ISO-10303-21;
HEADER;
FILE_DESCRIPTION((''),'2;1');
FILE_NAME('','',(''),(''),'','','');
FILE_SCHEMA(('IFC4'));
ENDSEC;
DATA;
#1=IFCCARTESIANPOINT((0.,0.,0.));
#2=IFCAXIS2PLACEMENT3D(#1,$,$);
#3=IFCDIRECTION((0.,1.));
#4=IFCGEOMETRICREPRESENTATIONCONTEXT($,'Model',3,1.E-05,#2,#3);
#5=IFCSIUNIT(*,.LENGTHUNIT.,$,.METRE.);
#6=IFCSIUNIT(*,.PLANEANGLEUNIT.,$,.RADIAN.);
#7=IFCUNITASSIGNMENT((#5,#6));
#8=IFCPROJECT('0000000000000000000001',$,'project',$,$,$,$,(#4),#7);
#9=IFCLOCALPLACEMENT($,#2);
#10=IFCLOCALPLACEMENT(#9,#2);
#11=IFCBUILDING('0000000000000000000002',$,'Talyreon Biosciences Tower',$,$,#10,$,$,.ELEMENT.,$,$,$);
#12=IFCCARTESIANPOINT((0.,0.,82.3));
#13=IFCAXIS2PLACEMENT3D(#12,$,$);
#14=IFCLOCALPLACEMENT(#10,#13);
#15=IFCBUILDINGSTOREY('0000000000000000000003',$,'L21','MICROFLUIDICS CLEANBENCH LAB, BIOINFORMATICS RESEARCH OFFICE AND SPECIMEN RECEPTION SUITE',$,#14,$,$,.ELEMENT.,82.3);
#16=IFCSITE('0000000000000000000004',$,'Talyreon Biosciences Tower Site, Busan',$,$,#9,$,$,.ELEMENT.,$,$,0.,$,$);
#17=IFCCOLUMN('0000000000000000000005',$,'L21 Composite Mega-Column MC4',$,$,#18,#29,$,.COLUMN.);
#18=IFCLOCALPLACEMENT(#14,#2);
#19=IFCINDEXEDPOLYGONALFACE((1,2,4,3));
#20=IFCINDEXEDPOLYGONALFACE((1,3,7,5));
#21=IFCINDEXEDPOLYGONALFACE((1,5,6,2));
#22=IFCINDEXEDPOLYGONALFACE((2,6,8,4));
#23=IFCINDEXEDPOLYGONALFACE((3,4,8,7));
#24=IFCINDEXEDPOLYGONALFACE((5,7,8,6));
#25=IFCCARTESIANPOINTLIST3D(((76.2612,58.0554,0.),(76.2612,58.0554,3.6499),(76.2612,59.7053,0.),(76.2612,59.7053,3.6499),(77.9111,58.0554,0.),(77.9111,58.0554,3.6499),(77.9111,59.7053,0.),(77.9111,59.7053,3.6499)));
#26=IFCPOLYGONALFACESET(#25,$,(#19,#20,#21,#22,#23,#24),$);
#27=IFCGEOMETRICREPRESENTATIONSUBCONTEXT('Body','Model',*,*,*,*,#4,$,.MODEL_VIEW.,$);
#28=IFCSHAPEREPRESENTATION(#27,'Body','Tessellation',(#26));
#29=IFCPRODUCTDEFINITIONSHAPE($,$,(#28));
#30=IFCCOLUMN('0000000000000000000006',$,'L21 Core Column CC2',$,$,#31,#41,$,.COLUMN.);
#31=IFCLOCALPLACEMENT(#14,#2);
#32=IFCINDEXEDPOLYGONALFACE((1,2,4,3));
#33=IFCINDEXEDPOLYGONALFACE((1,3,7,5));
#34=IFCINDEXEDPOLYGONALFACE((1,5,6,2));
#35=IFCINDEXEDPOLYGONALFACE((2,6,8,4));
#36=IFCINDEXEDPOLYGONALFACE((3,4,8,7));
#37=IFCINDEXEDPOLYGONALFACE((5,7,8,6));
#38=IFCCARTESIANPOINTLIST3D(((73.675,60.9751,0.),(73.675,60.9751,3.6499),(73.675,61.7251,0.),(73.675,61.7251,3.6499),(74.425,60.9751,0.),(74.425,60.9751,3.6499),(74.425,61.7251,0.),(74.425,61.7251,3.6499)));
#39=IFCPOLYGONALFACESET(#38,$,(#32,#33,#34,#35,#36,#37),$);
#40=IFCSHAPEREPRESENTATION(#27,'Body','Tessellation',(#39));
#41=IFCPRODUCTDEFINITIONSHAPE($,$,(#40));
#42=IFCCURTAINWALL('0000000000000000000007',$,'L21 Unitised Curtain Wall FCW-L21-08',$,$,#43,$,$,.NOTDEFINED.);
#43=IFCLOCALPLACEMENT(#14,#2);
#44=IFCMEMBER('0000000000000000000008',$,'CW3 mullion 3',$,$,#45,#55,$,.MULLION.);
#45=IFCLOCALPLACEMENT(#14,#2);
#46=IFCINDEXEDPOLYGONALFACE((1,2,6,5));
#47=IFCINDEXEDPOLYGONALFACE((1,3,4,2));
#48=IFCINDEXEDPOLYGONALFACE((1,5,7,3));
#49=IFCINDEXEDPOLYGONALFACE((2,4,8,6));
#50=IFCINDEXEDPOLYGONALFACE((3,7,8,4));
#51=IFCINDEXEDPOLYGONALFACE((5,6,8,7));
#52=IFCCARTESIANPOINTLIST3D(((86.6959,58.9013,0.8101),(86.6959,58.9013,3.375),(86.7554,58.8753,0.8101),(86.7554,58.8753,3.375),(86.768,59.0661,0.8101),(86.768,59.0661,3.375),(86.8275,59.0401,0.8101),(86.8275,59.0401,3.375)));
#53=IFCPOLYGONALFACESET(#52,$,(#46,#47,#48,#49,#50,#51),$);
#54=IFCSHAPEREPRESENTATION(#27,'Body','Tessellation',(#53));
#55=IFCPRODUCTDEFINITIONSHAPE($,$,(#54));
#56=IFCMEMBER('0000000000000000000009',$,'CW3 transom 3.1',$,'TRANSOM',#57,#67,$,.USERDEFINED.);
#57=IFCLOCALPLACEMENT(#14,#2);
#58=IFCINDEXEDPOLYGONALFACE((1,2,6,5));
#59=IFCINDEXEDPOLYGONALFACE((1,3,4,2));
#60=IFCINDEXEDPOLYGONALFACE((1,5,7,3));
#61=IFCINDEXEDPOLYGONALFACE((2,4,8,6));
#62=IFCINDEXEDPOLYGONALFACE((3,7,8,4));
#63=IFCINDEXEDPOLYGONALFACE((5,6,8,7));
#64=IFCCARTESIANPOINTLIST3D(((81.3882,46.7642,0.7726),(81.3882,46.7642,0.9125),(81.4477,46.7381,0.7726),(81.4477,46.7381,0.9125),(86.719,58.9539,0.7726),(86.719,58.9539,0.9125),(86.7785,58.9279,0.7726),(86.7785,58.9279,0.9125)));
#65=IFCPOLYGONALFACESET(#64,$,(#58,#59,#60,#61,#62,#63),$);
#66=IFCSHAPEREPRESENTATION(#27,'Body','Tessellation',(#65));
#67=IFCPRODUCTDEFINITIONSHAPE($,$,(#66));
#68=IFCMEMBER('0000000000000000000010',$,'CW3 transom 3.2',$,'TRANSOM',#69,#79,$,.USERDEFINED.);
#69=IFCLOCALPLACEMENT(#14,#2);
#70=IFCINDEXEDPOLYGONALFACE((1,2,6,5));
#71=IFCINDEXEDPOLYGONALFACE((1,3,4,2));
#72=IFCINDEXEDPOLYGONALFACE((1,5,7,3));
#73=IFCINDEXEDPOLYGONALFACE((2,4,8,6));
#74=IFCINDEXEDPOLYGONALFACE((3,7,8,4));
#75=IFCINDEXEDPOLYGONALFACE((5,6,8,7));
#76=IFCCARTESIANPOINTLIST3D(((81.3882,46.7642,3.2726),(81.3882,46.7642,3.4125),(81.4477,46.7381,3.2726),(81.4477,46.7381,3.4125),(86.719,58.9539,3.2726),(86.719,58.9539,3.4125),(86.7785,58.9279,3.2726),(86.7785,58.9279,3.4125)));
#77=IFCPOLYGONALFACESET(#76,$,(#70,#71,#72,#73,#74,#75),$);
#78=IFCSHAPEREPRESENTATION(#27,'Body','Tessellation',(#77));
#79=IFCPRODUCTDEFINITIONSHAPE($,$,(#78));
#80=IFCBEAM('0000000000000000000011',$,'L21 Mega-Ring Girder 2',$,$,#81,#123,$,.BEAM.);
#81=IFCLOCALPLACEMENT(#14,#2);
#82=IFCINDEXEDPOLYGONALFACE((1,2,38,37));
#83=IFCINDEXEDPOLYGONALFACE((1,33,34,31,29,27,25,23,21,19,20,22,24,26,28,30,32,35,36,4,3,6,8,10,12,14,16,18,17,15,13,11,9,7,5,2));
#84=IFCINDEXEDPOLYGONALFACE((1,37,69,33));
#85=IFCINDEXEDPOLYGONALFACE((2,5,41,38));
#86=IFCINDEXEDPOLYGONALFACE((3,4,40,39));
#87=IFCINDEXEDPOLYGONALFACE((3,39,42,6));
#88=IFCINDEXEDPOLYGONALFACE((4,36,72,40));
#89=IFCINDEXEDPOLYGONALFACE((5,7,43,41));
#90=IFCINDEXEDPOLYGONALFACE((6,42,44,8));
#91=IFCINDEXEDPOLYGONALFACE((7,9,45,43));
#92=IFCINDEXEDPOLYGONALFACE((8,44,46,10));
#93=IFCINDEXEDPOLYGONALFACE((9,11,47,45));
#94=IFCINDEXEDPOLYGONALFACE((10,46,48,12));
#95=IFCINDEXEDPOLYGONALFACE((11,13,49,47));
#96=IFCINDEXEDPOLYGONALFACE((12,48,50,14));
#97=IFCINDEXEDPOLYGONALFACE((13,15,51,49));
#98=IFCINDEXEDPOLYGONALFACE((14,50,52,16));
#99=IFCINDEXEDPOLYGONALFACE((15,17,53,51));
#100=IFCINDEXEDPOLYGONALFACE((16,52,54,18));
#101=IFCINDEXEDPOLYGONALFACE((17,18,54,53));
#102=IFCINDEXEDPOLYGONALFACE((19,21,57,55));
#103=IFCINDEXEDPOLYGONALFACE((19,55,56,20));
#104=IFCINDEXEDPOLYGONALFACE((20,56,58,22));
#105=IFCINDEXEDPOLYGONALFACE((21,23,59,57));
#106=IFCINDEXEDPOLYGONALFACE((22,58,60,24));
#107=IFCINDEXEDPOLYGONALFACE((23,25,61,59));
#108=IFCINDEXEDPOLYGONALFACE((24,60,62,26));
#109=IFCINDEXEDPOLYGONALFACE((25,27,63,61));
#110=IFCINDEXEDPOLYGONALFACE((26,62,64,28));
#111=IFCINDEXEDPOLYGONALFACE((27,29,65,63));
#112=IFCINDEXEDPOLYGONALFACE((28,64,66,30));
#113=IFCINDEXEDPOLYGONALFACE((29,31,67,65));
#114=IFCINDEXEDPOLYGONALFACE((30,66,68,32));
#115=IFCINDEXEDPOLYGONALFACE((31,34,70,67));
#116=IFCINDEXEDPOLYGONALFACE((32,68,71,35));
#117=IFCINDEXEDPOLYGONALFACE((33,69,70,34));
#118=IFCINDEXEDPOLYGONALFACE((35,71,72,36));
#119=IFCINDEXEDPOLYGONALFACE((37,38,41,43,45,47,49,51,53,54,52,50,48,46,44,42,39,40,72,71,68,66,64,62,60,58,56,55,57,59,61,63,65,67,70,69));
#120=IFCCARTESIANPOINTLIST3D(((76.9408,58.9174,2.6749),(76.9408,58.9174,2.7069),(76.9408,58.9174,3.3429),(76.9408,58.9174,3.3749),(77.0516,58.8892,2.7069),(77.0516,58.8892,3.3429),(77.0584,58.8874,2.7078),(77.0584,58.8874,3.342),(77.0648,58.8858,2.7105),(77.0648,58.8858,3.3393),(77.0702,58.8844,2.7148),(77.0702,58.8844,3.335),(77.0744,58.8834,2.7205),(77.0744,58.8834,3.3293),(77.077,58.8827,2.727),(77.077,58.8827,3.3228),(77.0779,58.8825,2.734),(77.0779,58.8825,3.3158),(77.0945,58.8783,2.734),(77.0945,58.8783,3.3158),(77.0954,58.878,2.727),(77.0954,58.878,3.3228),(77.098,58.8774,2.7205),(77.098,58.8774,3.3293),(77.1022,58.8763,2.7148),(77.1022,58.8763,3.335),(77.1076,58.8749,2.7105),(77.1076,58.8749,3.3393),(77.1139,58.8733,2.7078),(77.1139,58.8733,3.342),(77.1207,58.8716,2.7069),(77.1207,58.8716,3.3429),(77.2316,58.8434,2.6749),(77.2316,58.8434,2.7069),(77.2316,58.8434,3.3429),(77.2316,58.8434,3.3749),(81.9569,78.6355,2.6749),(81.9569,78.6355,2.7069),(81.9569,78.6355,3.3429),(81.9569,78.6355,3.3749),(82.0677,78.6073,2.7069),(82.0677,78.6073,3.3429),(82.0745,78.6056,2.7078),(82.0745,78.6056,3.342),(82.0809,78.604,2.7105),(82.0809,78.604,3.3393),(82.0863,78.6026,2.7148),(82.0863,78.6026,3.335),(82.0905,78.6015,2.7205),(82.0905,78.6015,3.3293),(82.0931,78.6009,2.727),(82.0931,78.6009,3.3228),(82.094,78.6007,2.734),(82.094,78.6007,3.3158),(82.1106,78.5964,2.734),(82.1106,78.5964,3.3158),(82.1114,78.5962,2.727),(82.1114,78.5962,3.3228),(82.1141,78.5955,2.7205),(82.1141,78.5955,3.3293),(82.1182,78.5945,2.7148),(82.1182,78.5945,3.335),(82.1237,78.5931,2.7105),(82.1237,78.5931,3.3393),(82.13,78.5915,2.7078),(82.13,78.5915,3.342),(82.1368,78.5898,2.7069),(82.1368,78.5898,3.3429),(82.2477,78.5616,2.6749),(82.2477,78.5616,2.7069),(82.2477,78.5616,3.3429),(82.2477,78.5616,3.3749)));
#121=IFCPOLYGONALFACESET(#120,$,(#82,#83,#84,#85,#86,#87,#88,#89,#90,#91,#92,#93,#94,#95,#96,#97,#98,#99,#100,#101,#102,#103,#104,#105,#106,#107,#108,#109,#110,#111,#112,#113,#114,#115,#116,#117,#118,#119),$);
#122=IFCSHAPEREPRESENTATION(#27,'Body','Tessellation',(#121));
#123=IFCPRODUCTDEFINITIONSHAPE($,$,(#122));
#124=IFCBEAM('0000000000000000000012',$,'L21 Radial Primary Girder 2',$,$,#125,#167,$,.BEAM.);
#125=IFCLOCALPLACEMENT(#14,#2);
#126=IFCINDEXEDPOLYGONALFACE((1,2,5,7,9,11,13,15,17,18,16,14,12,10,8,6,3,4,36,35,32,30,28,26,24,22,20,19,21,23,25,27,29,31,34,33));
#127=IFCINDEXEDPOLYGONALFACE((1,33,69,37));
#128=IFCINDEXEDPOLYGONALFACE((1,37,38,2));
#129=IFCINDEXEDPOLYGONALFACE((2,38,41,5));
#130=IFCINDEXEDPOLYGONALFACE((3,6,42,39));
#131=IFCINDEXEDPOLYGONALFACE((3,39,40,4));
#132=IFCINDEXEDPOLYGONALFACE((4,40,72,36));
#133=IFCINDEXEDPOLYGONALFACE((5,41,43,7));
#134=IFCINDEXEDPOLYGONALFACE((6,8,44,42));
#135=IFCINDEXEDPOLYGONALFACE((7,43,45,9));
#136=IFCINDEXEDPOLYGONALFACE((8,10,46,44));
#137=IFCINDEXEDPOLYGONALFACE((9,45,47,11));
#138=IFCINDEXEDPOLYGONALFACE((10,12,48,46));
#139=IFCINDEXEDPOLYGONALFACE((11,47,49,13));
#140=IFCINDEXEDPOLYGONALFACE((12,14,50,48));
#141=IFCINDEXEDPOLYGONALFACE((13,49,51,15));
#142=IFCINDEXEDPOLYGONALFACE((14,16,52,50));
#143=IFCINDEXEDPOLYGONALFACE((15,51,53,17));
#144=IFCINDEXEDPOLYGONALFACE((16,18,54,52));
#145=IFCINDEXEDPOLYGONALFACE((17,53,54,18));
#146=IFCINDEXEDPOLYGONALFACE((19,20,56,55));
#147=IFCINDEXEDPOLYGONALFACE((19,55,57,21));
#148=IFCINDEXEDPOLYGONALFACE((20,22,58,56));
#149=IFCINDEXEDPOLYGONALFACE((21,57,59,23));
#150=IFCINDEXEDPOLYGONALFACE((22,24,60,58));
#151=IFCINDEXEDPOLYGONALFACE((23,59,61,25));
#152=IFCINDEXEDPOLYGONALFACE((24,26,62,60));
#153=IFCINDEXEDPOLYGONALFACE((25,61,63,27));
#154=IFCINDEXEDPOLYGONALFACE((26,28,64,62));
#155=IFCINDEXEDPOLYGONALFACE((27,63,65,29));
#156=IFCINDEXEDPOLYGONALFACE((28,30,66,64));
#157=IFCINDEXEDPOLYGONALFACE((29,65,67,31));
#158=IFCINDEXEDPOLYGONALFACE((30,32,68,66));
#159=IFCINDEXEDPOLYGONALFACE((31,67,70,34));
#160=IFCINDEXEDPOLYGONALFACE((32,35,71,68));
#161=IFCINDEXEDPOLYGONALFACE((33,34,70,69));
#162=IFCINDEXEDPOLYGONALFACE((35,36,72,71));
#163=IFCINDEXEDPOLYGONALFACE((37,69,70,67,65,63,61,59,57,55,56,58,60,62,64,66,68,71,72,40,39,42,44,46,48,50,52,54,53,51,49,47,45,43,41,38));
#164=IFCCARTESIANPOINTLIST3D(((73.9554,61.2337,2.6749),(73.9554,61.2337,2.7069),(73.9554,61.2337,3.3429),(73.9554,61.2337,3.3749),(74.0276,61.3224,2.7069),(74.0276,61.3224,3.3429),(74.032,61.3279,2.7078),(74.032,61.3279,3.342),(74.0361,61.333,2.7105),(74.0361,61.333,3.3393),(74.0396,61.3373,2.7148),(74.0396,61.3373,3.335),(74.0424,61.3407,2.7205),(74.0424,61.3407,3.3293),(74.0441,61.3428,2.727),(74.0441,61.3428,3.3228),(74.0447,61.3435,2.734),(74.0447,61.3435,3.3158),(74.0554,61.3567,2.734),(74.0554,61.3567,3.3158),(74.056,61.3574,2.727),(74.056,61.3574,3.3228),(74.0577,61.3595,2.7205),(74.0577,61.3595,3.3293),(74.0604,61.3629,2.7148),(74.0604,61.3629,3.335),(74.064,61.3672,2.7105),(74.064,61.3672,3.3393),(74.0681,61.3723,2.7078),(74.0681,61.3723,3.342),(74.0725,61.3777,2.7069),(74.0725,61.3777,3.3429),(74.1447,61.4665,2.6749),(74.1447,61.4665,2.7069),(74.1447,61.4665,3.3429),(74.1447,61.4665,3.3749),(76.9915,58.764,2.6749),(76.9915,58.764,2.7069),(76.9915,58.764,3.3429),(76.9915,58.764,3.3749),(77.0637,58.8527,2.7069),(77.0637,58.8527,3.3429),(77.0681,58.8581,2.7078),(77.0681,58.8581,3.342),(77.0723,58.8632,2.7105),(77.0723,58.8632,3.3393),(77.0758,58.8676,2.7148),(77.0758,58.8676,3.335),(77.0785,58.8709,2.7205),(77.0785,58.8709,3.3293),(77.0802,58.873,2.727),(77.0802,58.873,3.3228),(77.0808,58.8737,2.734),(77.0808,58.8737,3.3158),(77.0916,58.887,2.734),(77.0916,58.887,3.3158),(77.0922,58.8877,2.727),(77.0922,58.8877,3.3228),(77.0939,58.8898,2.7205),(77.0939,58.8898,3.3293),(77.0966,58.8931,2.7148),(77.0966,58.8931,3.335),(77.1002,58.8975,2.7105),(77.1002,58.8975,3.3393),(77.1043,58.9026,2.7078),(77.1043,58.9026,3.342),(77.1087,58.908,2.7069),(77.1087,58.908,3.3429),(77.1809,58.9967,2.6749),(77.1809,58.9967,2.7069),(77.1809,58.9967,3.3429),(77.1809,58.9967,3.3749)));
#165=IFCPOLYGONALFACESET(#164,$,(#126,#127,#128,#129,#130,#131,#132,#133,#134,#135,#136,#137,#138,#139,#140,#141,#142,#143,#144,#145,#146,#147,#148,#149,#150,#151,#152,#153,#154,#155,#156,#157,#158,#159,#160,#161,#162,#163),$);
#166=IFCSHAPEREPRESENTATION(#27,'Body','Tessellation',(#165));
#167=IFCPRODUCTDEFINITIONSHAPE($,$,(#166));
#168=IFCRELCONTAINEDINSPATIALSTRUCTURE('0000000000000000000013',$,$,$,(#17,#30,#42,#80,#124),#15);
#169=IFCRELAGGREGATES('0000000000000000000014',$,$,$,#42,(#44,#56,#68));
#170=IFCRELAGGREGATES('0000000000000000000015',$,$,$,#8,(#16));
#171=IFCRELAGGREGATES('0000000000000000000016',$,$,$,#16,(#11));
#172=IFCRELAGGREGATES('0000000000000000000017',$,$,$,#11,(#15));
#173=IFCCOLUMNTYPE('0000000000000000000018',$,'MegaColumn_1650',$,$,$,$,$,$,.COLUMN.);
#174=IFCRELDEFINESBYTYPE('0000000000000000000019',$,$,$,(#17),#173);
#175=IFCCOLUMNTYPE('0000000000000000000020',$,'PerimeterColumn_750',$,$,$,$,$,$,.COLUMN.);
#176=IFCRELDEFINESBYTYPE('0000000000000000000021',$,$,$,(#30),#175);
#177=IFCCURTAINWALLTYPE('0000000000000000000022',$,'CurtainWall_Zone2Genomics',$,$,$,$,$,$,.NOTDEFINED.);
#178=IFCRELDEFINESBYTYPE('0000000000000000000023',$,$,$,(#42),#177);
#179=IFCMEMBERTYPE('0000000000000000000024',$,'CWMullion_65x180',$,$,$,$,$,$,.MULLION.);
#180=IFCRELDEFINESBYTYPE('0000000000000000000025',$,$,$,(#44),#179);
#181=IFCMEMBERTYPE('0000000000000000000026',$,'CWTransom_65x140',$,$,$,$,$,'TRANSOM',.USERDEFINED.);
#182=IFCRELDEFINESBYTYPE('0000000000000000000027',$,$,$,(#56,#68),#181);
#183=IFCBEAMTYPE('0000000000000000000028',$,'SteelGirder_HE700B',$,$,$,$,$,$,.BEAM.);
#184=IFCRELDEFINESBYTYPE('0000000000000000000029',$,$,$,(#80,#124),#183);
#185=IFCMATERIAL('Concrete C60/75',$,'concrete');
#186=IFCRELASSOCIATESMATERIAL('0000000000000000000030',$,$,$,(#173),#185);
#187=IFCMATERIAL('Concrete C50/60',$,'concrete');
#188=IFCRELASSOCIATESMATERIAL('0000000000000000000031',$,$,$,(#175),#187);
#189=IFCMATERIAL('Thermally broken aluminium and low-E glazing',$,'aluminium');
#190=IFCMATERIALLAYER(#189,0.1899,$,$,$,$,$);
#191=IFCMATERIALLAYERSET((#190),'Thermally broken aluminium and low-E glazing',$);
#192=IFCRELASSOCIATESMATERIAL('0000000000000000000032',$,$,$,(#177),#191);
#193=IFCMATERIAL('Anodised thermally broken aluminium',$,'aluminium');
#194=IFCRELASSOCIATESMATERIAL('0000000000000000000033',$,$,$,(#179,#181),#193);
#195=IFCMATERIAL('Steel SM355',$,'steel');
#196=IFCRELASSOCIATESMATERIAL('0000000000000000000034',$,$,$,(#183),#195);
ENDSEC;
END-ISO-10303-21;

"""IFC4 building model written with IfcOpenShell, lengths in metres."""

from ifc_helpers import new_model, si_unit, direction, frame, origin, origin_2d, place, context, subcontext, project, spatial, rectangle, i_section, extrude, material, layer, layer_set, material_profile, profile_set, type_object, element, aggregate, save


model = new_model("IFC4")

# Units and contexts
model_context = context("Model", 3, precision=1e-05, world=origin(), true_north=direction((0.0, 1.0)))
body_context = subcontext(model_context, "Body", "Model", "MODEL_VIEW")
ifc_project = project(units=[si_unit("LENGTHUNIT", "METRE"), si_unit("PLANEANGLEUNIT", "RADIAN")], contexts=[model_context])

# Site, building, storey
site_placement = place(None, origin())
site = spatial("IfcSite", under=ifc_project, at=site_placement, Name="Talyreon Biosciences Tower Site, Busan", CompositionType="ELEMENT", RefElevation=0.0)
building_placement = place(site_placement, origin())
building = spatial("IfcBuilding", under=site, at=building_placement, Name="Talyreon Biosciences Tower", CompositionType="ELEMENT")
storey_placement = place(building_placement, frame((0.0, 0.0, 82.3)))
storey = spatial("IfcBuildingStorey", under=building, at=storey_placement, Name="L21", Description="MICROFLUIDICS CLEANBENCH LAB, BIOINFORMATICS RESEARCH OFFICE AND SPECIMEN RECEPTION SUITE", CompositionType="ELEMENT", Elevation=82.3)

# Columns
ifc_material_1 = material(Name="Concrete C60/75", Category="concrete")
ifc_material_profile_1 = material_profile(ifc_material_1, rectangle(XDim=1.6499, YDim=1.6499, at=origin_2d()), Name="RC 1650x1650")
ifc_profile_set_1 = profile_set([ifc_material_profile_1], Name="Concrete C60/75")
column_type_1 = type_object("IfcColumnType", Name="MegaColumn_1650", PredefinedType="COLUMN", material=ifc_profile_set_1)
column_1_placement = place(storey_placement, frame((77.0862, 58.8804, 0.0), z_axis=(0.0, 0.0, 1.0), x_axis=(1.0, 0.0, 0.0)))
element("IfcColumn", 1, at=column_1_placement, inside=storey, type_object=column_type_1, Name="L21 Composite Mega-Column MC4", PredefinedType="COLUMN", context=body_context, shape_type="SweptSolid", body=[
    extrude(rectangle(XDim=1.6499, YDim=1.6499, at=origin_2d()), origin(), (0.0, 0.0, 1.0), 3.6499),
])
ifc_material_2 = material(Name="Concrete C50/60", Category="concrete")
ifc_material_profile_2 = material_profile(ifc_material_2, rectangle(XDim=0.75, YDim=0.75, at=origin_2d()), Name="RC 750x750")
ifc_profile_set_2 = profile_set([ifc_material_profile_2], Name="Concrete C50/60")
column_type_2 = type_object("IfcColumnType", Name="PerimeterColumn_750", PredefinedType="COLUMN", material=ifc_profile_set_2)
column_2_placement = place(storey_placement, frame((74.05, 61.3501, 0.0), z_axis=(0.0, 0.0, 1.0), x_axis=(1.0, 0.0, 0.0)))
element("IfcColumn", 2, at=column_2_placement, inside=storey, type_object=column_type_2, Name="L21 Core Column CC2", PredefinedType="COLUMN", context=body_context, shape_type="SweptSolid", body=[
    extrude(rectangle(XDim=0.75, YDim=0.75, at=origin_2d()), origin(), (0.0, 0.0, 1.0), 3.6499),
])

# Curtain wall, members
ifc_material_3 = material(Name="Thermally broken aluminium and low-E glazing", Category="aluminium")
ifc_layer_1 = layer(ifc_material_3, 0.1899)
ifc_layer_set_1 = layer_set([ifc_layer_1], Name="Thermally broken aluminium and low-E glazing")
curtain_wall_type = type_object("IfcCurtainWallType", Name="CurtainWall_Zone2Genomics", PredefinedType="NOTDEFINED", material=ifc_layer_set_1)
curtain_wall_placement = place(storey_placement, origin())
curtain_wall = element("IfcCurtainWall", 3, at=curtain_wall_placement, inside=storey, type_object=curtain_wall_type, Name="L21 Unitised Curtain Wall FCW-L21-08", PredefinedType="NOTDEFINED")
ifc_material_4 = material(Name="Anodised thermally broken aluminium", Category="aluminium")
ifc_material_profile_3 = material_profile(ifc_material_4, rectangle(XDim=0.0649, YDim=0.1799, at=origin_2d()), Name="ALUM MULLION 65x180")
ifc_profile_set_3 = profile_set([ifc_material_profile_3], Name="Anodised thermally broken aluminium")
member_type_1 = type_object("IfcMemberType", Name="CWMullion_65x180", PredefinedType="MULLION", material=ifc_profile_set_3)
member_1_placement = place(storey_placement, frame((86.7617, 58.9707, 0.8101), z_axis=(0.0, 0.0, 1.0), x_axis=(0.916214, -0.400689, 0.0)))
member_1 = element("IfcMember", 4, at=member_1_placement, type_object=member_type_1, Name="CW3 mullion 3", PredefinedType="MULLION", context=body_context, shape_type="SweptSolid", body=[
    extrude(rectangle(XDim=0.0649, YDim=0.1799, at=origin_2d()), origin(), (0.0, 0.0, 1.0), 2.5649),
])
ifc_material_profile_4 = material_profile(ifc_material_4, rectangle(XDim=0.0649, YDim=0.1399, at=origin_2d()), Name="ALUM TRANSOM 65x140")
ifc_profile_set_4 = profile_set([ifc_material_profile_4], Name="Anodised thermally broken aluminium")
member_type_2 = type_object("IfcMemberType", Name="CWTransom_65x140", ElementType="TRANSOM", PredefinedType="USERDEFINED", material=ifc_profile_set_4)
member_2_placement = place(storey_placement, frame((86.7488, 58.9409, 0.8425), z_axis=(-0.400681, -0.916218, 0.0), x_axis=(0.916218, -0.400681, 0.0)))
member_2 = element("IfcMember", 5, at=member_2_placement, type_object=member_type_2, Name="CW3 transom 3.1", ObjectType="TRANSOM", PredefinedType="USERDEFINED", context=body_context, shape_type="SweptSolid", body=[
    extrude(rectangle(XDim=0.0649, YDim=0.1399, at=origin_2d()), origin(), (0.0, 0.0, 1.0), 13.3044),
])
member_3_placement = place(storey_placement, frame((86.7488, 58.9409, 3.3425), z_axis=(-0.400681, -0.916218, 0.0), x_axis=(0.916218, -0.400681, 0.0)))
member_3 = element("IfcMember", 6, at=member_3_placement, type_object=member_type_2, Name="CW3 transom 3.2", ObjectType="TRANSOM", PredefinedType="USERDEFINED", context=body_context, shape_type="SweptSolid", body=[
    extrude(rectangle(XDim=0.0649, YDim=0.1399, at=origin_2d()), origin(), (0.0, 0.0, 1.0), 13.3044),
])

# Beams
ifc_material_5 = material(Name="Steel SM355", Category="steel")
ifc_material_profile_5 = material_profile(ifc_material_5, i_section(OverallWidth=0.3, OverallDepth=0.7, WebThickness=0.0171, FlangeThickness=0.032, FilletRadius=0.0271, at=origin_2d()), Name="HE700B")
ifc_profile_set_5 = profile_set([ifc_material_profile_5], Name="Steel SM355")
beam_type_1 = type_object("IfcBeamType", Name="SteelGirder_HE700B", PredefinedType="BEAM", material=ifc_profile_set_5)
beam_1_placement = place(storey_placement, frame((77.0862, 58.8804, 3.0249), z_axis=(0.246537, 0.969133, 0.0), x_axis=(-0.969133, 0.246537, 0.0)))
element("IfcBeam", 7, at=beam_1_placement, inside=storey, type_object=beam_type_1, Name="L21 Mega-Ring Girder 2", PredefinedType="BEAM", context=body_context, shape_type="SweptSolid", body=[
    extrude(i_section(OverallWidth=0.3, OverallDepth=0.7, WebThickness=0.0171, FlangeThickness=0.032, FilletRadius=0.0271, at=origin_2d()), origin(), (0.0, 0.0, 1.0), 20.3462),
])
beam_2_placement = place(storey_placement, frame((74.05, 61.3501, 3.0249), z_axis=(0.775755, -0.631034, 0.0), x_axis=(0.631034, 0.775755, 0.0)))
element("IfcBeam", 8, at=beam_2_placement, inside=storey, type_object=beam_type_1, Name="L21 Radial Primary Girder 2", PredefinedType="BEAM", context=body_context, shape_type="SweptSolid", body=[
    extrude(i_section(OverallWidth=0.3, OverallDepth=0.7, WebThickness=0.0171, FlangeThickness=0.032, FilletRadius=0.0271, at=origin_2d()), origin(), (0.0, 0.0, 1.0), 3.9138),
])

aggregate(curtain_wall, [member_1, member_2, member_3])

save(model, "model.ifc")
